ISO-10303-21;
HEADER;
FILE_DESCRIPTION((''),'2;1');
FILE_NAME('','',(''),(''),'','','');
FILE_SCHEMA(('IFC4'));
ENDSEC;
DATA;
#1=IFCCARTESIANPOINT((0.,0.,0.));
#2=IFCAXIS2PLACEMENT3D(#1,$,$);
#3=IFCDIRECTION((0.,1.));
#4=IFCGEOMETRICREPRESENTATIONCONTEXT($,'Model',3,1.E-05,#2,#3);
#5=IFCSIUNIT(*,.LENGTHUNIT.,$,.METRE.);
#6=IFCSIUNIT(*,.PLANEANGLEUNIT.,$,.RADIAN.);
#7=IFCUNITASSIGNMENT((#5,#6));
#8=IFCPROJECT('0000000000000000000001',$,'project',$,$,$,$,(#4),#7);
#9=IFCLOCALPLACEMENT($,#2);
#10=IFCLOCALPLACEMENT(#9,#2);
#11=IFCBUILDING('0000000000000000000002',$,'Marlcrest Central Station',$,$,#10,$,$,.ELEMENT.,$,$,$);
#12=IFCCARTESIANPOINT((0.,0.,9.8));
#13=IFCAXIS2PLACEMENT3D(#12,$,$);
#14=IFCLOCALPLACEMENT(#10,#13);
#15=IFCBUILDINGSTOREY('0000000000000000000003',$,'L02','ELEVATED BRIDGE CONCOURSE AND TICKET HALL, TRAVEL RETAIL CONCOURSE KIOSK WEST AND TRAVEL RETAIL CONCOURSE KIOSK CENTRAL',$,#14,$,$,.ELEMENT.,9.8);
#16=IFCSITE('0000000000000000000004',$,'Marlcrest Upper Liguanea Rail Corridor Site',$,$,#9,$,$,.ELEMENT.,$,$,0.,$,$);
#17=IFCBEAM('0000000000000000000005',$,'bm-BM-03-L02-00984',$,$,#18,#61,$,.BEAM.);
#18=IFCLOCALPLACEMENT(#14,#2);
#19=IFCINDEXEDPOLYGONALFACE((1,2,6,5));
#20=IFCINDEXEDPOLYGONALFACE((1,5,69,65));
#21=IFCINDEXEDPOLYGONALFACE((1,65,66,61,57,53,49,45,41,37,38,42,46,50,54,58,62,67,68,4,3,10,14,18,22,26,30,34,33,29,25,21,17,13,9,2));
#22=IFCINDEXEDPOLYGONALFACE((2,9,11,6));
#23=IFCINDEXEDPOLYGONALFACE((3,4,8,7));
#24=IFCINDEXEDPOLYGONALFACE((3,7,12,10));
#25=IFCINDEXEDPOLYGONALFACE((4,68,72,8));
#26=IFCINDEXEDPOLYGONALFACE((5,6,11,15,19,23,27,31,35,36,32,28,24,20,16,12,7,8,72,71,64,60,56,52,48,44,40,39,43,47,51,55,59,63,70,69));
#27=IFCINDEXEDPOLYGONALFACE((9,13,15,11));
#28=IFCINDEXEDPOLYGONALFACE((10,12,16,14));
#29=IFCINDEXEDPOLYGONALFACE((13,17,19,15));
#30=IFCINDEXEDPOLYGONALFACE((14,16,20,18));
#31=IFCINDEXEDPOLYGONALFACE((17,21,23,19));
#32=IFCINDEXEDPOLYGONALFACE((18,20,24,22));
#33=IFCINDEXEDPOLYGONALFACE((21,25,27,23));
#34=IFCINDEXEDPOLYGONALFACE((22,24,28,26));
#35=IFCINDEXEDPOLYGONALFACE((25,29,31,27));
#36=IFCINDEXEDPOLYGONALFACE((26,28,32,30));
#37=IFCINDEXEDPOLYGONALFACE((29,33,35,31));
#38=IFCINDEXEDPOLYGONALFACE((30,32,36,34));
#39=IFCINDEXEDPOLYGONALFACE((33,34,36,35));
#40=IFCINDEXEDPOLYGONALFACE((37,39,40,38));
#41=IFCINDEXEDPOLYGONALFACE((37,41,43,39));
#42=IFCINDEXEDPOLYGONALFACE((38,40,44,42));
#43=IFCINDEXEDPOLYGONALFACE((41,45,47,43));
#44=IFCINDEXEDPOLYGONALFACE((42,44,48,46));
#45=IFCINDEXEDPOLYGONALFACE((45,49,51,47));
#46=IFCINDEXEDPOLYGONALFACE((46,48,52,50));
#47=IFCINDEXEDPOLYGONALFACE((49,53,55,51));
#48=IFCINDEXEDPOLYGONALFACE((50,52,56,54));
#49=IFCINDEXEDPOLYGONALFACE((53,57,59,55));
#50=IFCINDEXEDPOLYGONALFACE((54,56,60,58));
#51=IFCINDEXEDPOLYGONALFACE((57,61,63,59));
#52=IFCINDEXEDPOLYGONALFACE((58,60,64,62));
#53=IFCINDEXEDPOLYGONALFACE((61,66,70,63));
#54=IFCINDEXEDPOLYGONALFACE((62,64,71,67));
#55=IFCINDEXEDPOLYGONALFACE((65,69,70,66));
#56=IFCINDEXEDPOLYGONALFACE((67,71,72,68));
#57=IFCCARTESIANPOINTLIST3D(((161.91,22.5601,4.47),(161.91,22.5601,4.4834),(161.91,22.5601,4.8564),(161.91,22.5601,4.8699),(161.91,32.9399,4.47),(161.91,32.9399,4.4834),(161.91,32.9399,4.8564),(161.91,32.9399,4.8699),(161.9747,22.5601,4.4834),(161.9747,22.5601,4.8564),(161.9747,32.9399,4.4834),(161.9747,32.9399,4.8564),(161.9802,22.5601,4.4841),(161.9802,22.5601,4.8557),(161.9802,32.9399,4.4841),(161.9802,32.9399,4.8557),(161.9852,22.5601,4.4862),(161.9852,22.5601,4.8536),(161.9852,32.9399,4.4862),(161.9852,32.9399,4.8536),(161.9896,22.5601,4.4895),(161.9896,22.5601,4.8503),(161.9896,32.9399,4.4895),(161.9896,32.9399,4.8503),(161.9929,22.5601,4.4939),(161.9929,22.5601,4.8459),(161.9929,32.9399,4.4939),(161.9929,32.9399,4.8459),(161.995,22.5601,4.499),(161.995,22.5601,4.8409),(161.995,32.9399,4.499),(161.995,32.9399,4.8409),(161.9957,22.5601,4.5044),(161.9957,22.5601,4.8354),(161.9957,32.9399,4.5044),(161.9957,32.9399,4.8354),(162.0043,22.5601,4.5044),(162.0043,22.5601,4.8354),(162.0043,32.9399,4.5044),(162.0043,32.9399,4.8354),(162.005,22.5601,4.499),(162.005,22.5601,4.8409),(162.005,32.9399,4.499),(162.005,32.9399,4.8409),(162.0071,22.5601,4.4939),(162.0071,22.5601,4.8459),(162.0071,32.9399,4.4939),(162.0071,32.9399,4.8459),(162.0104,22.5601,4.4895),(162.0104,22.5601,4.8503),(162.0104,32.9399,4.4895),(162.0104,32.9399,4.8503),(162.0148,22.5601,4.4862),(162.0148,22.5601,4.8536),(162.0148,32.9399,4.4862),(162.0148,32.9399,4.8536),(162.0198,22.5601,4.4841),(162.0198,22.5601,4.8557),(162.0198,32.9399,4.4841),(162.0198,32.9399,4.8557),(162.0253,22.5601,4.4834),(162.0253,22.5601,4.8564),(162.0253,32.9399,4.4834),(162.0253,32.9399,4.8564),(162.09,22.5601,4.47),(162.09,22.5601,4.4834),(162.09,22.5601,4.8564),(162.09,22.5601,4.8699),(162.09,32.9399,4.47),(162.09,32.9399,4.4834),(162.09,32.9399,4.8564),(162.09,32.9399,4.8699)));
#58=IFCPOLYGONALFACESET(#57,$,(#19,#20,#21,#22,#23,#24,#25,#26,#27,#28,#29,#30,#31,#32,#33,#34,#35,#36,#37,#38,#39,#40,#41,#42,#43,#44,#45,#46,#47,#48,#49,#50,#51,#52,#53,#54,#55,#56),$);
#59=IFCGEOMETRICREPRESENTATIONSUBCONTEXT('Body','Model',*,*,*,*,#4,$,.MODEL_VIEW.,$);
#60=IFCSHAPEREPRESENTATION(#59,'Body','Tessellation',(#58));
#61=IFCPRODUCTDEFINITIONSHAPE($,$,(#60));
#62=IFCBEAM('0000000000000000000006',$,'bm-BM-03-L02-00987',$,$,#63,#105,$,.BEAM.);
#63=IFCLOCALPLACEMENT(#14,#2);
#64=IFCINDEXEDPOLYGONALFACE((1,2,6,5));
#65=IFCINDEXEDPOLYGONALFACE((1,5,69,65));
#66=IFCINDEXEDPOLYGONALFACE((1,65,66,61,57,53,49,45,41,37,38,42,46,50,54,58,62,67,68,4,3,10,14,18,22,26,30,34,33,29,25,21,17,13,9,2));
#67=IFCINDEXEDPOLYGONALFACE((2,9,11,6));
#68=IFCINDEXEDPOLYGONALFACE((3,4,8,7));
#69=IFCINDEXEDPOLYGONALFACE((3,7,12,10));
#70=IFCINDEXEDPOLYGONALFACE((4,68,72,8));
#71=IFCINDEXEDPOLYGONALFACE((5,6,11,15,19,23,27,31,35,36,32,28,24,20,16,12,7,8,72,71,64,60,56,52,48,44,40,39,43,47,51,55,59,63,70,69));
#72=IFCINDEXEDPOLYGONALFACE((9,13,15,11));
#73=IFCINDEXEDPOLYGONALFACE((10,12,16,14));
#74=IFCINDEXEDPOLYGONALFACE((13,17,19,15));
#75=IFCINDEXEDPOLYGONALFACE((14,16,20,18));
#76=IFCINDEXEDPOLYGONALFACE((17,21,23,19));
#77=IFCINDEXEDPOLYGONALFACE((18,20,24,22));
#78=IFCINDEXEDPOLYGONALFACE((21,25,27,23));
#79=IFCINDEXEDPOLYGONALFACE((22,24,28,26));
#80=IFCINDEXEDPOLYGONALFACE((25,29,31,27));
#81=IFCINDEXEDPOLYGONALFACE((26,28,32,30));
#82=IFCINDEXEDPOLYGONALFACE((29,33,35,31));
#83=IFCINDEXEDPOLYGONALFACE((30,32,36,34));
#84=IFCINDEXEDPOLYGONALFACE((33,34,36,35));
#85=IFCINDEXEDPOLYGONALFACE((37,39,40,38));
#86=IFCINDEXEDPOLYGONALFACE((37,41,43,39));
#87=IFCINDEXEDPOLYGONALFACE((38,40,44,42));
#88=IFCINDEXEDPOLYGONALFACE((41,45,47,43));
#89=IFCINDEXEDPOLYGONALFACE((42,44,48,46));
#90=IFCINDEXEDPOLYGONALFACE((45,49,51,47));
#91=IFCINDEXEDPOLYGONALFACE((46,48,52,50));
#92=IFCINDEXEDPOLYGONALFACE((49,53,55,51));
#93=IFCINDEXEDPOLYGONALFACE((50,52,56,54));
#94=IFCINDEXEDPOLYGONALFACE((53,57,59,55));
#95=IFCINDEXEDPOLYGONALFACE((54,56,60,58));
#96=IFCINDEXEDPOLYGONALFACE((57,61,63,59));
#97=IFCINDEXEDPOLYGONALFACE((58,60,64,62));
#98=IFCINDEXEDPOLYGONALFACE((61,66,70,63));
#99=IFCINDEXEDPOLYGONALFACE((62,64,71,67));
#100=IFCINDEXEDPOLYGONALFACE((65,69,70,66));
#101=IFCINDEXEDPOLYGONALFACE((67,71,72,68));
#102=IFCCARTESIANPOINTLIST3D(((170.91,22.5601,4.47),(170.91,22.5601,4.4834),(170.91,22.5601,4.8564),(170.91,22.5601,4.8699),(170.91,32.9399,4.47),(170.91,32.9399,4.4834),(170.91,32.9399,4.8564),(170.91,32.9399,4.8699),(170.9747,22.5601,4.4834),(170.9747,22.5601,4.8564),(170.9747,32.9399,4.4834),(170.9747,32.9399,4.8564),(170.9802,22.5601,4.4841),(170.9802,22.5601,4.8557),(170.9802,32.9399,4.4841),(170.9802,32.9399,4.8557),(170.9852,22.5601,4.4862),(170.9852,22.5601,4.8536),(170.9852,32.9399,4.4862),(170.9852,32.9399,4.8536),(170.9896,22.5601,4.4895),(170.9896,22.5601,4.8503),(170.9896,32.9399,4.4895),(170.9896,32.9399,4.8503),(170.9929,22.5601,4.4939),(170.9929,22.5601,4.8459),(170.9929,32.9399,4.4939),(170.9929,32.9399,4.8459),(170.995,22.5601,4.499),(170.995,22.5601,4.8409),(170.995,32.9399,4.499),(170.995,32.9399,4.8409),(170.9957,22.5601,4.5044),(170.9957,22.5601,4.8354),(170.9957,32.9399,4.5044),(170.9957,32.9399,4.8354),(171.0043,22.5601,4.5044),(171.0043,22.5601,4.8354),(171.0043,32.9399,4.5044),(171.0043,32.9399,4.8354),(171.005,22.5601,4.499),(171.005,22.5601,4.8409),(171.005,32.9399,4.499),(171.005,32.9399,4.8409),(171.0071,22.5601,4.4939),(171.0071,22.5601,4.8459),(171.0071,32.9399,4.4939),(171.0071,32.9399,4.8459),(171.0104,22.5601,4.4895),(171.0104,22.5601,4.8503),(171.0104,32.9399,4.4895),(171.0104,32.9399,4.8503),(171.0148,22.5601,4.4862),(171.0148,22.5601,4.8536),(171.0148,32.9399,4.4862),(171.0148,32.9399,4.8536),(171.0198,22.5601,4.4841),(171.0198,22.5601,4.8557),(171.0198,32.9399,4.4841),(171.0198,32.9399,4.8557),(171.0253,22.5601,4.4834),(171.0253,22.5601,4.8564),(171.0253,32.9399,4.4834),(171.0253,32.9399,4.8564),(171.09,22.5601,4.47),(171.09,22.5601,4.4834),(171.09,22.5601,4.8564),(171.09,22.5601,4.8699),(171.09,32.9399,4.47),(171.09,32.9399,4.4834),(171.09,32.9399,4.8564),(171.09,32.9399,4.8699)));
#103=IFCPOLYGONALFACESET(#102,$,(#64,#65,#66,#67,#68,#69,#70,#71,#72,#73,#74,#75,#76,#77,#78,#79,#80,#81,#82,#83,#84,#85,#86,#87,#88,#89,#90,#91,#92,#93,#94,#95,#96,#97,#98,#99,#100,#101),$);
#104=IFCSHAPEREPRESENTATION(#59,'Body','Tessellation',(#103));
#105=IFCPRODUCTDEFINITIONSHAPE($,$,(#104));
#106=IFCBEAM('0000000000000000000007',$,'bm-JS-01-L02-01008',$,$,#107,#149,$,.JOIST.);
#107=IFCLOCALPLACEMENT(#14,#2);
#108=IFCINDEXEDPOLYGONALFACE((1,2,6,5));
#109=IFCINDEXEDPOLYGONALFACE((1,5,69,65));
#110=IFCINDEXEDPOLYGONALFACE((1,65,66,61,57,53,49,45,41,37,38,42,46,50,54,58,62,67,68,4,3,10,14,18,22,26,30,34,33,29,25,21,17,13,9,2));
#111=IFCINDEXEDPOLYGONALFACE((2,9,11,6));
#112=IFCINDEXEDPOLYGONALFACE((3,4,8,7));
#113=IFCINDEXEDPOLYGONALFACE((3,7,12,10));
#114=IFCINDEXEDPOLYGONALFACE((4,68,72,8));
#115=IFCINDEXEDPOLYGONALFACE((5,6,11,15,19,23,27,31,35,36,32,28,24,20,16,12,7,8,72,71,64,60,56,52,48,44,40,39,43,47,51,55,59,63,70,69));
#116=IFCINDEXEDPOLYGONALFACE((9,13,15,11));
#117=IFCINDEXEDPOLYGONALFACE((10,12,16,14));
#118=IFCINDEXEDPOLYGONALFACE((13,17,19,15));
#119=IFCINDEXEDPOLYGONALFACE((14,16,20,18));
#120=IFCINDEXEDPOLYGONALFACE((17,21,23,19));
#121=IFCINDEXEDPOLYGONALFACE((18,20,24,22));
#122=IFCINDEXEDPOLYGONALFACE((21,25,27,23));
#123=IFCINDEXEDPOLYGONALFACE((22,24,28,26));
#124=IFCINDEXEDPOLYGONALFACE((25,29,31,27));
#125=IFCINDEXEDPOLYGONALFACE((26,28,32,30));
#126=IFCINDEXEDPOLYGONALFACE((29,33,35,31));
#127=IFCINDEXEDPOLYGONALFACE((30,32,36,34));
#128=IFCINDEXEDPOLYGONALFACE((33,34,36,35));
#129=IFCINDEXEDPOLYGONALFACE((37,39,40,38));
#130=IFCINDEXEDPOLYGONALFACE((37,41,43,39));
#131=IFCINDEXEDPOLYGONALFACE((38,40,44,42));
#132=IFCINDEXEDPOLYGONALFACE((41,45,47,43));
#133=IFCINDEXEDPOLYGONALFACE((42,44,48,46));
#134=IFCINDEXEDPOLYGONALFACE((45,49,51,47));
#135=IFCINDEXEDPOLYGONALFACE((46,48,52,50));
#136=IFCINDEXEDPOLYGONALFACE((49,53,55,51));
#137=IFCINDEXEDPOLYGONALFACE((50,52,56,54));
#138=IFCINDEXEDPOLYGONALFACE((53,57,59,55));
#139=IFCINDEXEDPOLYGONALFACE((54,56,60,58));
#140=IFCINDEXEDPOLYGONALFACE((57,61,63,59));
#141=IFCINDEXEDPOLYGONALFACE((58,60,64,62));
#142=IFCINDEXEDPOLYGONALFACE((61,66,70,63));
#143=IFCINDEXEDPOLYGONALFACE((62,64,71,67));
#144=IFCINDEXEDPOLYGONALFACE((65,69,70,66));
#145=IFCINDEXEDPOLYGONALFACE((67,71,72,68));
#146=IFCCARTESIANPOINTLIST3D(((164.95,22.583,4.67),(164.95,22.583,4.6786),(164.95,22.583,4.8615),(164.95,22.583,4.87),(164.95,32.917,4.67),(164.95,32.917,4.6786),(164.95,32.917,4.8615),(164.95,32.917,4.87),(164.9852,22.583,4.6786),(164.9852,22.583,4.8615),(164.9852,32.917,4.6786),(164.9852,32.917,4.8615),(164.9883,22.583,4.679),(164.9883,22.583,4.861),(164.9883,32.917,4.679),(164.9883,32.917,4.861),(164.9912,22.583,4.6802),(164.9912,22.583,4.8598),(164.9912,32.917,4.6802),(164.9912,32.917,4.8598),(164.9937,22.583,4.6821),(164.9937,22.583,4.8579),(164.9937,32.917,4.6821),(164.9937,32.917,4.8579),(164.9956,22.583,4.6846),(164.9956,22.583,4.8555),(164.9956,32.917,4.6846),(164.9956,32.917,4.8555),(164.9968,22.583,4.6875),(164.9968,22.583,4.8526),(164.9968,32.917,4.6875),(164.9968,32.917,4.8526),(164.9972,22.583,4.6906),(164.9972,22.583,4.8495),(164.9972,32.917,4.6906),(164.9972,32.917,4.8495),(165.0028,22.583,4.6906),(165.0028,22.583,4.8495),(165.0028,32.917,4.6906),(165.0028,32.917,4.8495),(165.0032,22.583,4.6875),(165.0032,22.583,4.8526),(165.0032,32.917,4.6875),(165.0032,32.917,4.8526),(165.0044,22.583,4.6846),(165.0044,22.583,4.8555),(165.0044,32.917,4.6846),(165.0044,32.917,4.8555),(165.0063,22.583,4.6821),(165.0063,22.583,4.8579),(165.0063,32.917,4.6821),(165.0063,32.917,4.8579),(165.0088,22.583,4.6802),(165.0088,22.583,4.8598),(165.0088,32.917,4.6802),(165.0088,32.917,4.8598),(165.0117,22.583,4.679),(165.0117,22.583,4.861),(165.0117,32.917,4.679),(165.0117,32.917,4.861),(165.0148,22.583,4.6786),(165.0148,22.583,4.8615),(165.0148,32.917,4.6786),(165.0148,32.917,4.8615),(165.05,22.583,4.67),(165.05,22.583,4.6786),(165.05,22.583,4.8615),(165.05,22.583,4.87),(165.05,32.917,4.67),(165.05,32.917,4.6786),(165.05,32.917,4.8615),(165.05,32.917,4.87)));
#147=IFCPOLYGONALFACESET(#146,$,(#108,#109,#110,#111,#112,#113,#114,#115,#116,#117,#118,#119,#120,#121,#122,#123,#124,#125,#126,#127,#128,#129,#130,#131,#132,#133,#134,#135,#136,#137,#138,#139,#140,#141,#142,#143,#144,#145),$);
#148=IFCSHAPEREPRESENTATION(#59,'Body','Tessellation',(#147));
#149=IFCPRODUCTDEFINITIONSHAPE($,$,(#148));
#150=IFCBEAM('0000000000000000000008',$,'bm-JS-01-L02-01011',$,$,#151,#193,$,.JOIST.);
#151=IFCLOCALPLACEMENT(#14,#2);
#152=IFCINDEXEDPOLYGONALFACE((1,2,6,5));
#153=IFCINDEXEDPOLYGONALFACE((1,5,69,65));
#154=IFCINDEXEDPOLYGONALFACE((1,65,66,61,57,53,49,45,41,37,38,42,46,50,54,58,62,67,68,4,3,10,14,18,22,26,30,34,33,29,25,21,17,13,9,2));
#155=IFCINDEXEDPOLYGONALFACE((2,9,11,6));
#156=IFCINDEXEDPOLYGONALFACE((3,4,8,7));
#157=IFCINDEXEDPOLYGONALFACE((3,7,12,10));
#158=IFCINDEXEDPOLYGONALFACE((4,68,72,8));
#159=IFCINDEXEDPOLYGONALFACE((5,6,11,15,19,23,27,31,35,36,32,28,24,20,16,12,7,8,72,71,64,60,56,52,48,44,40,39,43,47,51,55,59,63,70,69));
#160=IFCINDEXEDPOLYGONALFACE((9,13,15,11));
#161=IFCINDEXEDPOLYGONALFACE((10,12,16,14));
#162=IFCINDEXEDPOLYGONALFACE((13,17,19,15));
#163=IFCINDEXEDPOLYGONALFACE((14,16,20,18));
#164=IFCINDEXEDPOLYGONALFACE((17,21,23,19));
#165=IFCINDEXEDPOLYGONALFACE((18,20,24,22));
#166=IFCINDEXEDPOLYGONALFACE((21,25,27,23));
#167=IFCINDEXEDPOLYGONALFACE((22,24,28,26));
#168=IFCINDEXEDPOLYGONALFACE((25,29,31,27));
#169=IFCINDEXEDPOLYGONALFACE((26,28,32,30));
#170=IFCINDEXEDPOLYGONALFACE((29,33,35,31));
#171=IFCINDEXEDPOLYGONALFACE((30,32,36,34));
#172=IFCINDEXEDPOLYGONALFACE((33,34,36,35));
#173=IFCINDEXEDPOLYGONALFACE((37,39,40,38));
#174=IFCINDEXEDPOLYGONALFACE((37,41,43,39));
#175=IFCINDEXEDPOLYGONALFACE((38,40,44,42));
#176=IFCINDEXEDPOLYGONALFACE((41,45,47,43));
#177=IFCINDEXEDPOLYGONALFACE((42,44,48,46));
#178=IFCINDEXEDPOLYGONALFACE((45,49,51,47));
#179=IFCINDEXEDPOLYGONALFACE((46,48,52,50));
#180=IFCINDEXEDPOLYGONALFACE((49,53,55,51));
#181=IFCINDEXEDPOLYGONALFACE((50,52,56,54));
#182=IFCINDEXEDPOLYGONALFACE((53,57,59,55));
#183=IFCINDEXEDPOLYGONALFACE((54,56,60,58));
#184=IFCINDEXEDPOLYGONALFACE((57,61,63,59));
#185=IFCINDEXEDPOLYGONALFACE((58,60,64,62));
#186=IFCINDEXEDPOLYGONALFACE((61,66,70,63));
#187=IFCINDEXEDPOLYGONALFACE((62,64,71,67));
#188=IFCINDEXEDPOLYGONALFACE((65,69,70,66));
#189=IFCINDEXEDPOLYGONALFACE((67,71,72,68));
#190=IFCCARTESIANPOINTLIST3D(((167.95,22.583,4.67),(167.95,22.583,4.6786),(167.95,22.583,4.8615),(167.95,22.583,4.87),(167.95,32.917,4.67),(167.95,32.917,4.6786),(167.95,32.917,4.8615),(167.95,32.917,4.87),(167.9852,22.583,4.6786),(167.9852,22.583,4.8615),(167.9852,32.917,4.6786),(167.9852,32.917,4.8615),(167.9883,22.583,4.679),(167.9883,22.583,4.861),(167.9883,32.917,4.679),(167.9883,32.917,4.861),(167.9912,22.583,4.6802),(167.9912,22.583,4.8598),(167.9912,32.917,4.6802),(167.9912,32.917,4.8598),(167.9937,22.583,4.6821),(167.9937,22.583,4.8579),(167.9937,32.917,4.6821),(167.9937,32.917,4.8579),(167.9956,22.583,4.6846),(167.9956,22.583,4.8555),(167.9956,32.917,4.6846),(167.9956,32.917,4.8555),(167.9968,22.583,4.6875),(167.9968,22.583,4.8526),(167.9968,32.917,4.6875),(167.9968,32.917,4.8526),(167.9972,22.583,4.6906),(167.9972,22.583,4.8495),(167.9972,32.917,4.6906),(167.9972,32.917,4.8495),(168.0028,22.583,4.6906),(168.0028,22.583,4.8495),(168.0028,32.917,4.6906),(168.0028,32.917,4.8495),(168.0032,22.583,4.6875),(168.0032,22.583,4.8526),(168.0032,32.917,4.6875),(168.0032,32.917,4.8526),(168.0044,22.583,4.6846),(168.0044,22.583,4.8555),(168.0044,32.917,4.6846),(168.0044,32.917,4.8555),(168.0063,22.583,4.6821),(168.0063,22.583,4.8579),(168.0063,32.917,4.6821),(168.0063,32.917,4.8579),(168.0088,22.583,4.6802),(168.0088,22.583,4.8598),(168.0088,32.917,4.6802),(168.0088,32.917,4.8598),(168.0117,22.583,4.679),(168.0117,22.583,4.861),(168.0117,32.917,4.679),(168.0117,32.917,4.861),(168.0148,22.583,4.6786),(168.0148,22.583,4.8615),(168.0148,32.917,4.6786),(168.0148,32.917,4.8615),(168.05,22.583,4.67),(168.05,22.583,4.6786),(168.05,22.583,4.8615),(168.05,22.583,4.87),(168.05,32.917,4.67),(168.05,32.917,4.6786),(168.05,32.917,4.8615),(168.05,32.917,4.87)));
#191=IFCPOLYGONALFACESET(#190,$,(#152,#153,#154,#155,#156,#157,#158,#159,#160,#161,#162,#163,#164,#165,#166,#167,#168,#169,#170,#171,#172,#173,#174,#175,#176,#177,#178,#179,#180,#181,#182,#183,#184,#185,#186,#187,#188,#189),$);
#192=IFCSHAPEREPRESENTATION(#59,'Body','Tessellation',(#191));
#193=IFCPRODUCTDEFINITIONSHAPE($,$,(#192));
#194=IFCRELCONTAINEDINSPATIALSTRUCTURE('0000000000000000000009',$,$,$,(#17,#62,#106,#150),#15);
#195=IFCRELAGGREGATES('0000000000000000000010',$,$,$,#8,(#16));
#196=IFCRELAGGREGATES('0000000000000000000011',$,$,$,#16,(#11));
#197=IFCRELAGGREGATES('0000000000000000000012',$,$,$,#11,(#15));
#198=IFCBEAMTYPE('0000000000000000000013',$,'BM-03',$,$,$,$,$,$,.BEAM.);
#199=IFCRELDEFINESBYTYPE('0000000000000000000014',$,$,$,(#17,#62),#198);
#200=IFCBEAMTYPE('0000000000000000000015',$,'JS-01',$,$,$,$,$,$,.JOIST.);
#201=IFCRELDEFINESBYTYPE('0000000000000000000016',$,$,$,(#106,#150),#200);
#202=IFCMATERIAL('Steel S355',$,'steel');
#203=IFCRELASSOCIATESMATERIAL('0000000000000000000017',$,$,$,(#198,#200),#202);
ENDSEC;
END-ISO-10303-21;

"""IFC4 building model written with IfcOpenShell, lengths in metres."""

from ifc_helpers import new_model, si_unit, direction, frame, origin, origin_2d, place, context, subcontext, project, spatial, i_section, extrude, material, material_profile, profile_set, type_object, element, save


model = new_model("IFC4")

# Units and contexts
model_context = context("Model", 3, precision=1e-05, world=origin(), true_north=direction((0.0, 1.0)))
body_context = subcontext(model_context, "Body", "Model", "MODEL_VIEW")
ifc_project = project(units=[si_unit("LENGTHUNIT", "METRE"), si_unit("PLANEANGLEUNIT", "RADIAN")], contexts=[model_context])

# Site, building, storey
site_placement = place(None, origin())
site = spatial("IfcSite", under=ifc_project, at=site_placement, Name="Marlcrest Upper Liguanea Rail Corridor Site", CompositionType="ELEMENT", RefElevation=0.0)
building_placement = place(site_placement, origin())
building = spatial("IfcBuilding", under=site, at=building_placement, Name="Marlcrest Central Station", CompositionType="ELEMENT")
storey_placement = place(building_placement, frame((0.0, 0.0, 9.8)))
storey = spatial("IfcBuildingStorey", under=building, at=storey_placement, Name="L02", Description="ELEVATED BRIDGE CONCOURSE AND TICKET HALL, TRAVEL RETAIL CONCOURSE KIOSK WEST AND TRAVEL RETAIL CONCOURSE KIOSK CENTRAL", CompositionType="ELEMENT", Elevation=9.8)

# Shared definitions
ifc_material_1 = material(Name="Steel S355", Category="steel")

# Beams
ifc_material_profile_1 = material_profile(ifc_material_1, i_section(OverallWidth=0.1799, OverallDepth=0.3999, WebThickness=0.0085, FlangeThickness=0.0134, FilletRadius=0.021, at=origin_2d()), Name="IPE 400")
ifc_profile_set_1 = profile_set([ifc_material_profile_1], Name="Steel S355")
beam_type_1 = type_object("IfcBeamType", Name="BM-03", PredefinedType="BEAM", material=ifc_profile_set_1)
for number, where, z_axis, x_axis, name in (
    (1, (162.0, 22.5601, 4.6699), (0.0, 1.0, 0.0), (-1.0, 0.0, 0.0), "bm-BM-03-L02-00984"),
    (2, (171.0, 22.5601, 4.6699), (0.0, 1.0, 0.0), (-1.0, 0.0, 0.0), "bm-BM-03-L02-00987"),
):
    element("IfcBeam", number, at=place(storey_placement, frame(where, z_axis=z_axis, x_axis=x_axis)), inside=storey, type_object=beam_type_1, Name=name, PredefinedType="BEAM", context=body_context, shape_type="SweptSolid", body=[
        extrude(i_section(OverallWidth=0.1799, OverallDepth=0.3999, WebThickness=0.0085, FlangeThickness=0.0134, FilletRadius=0.021, at=origin_2d()), origin(), (0.0, 0.0, 1.0), 10.3799),
    ])
ifc_material_profile_2 = material_profile(ifc_material_1, i_section(OverallWidth=0.1001, OverallDepth=0.2, WebThickness=0.0056, FlangeThickness=0.0085, FilletRadius=0.012, at=origin_2d()), Name="IPE 200")
ifc_profile_set_2 = profile_set([ifc_material_profile_2], Name="Steel S355")
beam_type_2 = type_object("IfcBeamType", Name="JS-01", PredefinedType="JOIST", material=ifc_profile_set_2)
for number, where, z_axis, x_axis, name in (
    (3, (165.0, 22.583, 4.77), (0.0, 1.0, 0.0), (-1.0, 0.0, 0.0), "bm-JS-01-L02-01008"),
    (4, (168.0, 22.583, 4.77), (0.0, 1.0, 0.0), (-1.0, 0.0, 0.0), "bm-JS-01-L02-01011"),
):
    element("IfcBeam", number, at=place(storey_placement, frame(where, z_axis=z_axis, x_axis=x_axis)), inside=storey, type_object=beam_type_2, Name=name, PredefinedType="JOIST", context=body_context, shape_type="SweptSolid", body=[
        extrude(i_section(OverallWidth=0.1001, OverallDepth=0.2, WebThickness=0.0056, FlangeThickness=0.0085, FilletRadius=0.012, at=origin_2d()), origin(), (0.0, 0.0, 1.0), 10.334),
    ])

save(model, "model.ifc")
